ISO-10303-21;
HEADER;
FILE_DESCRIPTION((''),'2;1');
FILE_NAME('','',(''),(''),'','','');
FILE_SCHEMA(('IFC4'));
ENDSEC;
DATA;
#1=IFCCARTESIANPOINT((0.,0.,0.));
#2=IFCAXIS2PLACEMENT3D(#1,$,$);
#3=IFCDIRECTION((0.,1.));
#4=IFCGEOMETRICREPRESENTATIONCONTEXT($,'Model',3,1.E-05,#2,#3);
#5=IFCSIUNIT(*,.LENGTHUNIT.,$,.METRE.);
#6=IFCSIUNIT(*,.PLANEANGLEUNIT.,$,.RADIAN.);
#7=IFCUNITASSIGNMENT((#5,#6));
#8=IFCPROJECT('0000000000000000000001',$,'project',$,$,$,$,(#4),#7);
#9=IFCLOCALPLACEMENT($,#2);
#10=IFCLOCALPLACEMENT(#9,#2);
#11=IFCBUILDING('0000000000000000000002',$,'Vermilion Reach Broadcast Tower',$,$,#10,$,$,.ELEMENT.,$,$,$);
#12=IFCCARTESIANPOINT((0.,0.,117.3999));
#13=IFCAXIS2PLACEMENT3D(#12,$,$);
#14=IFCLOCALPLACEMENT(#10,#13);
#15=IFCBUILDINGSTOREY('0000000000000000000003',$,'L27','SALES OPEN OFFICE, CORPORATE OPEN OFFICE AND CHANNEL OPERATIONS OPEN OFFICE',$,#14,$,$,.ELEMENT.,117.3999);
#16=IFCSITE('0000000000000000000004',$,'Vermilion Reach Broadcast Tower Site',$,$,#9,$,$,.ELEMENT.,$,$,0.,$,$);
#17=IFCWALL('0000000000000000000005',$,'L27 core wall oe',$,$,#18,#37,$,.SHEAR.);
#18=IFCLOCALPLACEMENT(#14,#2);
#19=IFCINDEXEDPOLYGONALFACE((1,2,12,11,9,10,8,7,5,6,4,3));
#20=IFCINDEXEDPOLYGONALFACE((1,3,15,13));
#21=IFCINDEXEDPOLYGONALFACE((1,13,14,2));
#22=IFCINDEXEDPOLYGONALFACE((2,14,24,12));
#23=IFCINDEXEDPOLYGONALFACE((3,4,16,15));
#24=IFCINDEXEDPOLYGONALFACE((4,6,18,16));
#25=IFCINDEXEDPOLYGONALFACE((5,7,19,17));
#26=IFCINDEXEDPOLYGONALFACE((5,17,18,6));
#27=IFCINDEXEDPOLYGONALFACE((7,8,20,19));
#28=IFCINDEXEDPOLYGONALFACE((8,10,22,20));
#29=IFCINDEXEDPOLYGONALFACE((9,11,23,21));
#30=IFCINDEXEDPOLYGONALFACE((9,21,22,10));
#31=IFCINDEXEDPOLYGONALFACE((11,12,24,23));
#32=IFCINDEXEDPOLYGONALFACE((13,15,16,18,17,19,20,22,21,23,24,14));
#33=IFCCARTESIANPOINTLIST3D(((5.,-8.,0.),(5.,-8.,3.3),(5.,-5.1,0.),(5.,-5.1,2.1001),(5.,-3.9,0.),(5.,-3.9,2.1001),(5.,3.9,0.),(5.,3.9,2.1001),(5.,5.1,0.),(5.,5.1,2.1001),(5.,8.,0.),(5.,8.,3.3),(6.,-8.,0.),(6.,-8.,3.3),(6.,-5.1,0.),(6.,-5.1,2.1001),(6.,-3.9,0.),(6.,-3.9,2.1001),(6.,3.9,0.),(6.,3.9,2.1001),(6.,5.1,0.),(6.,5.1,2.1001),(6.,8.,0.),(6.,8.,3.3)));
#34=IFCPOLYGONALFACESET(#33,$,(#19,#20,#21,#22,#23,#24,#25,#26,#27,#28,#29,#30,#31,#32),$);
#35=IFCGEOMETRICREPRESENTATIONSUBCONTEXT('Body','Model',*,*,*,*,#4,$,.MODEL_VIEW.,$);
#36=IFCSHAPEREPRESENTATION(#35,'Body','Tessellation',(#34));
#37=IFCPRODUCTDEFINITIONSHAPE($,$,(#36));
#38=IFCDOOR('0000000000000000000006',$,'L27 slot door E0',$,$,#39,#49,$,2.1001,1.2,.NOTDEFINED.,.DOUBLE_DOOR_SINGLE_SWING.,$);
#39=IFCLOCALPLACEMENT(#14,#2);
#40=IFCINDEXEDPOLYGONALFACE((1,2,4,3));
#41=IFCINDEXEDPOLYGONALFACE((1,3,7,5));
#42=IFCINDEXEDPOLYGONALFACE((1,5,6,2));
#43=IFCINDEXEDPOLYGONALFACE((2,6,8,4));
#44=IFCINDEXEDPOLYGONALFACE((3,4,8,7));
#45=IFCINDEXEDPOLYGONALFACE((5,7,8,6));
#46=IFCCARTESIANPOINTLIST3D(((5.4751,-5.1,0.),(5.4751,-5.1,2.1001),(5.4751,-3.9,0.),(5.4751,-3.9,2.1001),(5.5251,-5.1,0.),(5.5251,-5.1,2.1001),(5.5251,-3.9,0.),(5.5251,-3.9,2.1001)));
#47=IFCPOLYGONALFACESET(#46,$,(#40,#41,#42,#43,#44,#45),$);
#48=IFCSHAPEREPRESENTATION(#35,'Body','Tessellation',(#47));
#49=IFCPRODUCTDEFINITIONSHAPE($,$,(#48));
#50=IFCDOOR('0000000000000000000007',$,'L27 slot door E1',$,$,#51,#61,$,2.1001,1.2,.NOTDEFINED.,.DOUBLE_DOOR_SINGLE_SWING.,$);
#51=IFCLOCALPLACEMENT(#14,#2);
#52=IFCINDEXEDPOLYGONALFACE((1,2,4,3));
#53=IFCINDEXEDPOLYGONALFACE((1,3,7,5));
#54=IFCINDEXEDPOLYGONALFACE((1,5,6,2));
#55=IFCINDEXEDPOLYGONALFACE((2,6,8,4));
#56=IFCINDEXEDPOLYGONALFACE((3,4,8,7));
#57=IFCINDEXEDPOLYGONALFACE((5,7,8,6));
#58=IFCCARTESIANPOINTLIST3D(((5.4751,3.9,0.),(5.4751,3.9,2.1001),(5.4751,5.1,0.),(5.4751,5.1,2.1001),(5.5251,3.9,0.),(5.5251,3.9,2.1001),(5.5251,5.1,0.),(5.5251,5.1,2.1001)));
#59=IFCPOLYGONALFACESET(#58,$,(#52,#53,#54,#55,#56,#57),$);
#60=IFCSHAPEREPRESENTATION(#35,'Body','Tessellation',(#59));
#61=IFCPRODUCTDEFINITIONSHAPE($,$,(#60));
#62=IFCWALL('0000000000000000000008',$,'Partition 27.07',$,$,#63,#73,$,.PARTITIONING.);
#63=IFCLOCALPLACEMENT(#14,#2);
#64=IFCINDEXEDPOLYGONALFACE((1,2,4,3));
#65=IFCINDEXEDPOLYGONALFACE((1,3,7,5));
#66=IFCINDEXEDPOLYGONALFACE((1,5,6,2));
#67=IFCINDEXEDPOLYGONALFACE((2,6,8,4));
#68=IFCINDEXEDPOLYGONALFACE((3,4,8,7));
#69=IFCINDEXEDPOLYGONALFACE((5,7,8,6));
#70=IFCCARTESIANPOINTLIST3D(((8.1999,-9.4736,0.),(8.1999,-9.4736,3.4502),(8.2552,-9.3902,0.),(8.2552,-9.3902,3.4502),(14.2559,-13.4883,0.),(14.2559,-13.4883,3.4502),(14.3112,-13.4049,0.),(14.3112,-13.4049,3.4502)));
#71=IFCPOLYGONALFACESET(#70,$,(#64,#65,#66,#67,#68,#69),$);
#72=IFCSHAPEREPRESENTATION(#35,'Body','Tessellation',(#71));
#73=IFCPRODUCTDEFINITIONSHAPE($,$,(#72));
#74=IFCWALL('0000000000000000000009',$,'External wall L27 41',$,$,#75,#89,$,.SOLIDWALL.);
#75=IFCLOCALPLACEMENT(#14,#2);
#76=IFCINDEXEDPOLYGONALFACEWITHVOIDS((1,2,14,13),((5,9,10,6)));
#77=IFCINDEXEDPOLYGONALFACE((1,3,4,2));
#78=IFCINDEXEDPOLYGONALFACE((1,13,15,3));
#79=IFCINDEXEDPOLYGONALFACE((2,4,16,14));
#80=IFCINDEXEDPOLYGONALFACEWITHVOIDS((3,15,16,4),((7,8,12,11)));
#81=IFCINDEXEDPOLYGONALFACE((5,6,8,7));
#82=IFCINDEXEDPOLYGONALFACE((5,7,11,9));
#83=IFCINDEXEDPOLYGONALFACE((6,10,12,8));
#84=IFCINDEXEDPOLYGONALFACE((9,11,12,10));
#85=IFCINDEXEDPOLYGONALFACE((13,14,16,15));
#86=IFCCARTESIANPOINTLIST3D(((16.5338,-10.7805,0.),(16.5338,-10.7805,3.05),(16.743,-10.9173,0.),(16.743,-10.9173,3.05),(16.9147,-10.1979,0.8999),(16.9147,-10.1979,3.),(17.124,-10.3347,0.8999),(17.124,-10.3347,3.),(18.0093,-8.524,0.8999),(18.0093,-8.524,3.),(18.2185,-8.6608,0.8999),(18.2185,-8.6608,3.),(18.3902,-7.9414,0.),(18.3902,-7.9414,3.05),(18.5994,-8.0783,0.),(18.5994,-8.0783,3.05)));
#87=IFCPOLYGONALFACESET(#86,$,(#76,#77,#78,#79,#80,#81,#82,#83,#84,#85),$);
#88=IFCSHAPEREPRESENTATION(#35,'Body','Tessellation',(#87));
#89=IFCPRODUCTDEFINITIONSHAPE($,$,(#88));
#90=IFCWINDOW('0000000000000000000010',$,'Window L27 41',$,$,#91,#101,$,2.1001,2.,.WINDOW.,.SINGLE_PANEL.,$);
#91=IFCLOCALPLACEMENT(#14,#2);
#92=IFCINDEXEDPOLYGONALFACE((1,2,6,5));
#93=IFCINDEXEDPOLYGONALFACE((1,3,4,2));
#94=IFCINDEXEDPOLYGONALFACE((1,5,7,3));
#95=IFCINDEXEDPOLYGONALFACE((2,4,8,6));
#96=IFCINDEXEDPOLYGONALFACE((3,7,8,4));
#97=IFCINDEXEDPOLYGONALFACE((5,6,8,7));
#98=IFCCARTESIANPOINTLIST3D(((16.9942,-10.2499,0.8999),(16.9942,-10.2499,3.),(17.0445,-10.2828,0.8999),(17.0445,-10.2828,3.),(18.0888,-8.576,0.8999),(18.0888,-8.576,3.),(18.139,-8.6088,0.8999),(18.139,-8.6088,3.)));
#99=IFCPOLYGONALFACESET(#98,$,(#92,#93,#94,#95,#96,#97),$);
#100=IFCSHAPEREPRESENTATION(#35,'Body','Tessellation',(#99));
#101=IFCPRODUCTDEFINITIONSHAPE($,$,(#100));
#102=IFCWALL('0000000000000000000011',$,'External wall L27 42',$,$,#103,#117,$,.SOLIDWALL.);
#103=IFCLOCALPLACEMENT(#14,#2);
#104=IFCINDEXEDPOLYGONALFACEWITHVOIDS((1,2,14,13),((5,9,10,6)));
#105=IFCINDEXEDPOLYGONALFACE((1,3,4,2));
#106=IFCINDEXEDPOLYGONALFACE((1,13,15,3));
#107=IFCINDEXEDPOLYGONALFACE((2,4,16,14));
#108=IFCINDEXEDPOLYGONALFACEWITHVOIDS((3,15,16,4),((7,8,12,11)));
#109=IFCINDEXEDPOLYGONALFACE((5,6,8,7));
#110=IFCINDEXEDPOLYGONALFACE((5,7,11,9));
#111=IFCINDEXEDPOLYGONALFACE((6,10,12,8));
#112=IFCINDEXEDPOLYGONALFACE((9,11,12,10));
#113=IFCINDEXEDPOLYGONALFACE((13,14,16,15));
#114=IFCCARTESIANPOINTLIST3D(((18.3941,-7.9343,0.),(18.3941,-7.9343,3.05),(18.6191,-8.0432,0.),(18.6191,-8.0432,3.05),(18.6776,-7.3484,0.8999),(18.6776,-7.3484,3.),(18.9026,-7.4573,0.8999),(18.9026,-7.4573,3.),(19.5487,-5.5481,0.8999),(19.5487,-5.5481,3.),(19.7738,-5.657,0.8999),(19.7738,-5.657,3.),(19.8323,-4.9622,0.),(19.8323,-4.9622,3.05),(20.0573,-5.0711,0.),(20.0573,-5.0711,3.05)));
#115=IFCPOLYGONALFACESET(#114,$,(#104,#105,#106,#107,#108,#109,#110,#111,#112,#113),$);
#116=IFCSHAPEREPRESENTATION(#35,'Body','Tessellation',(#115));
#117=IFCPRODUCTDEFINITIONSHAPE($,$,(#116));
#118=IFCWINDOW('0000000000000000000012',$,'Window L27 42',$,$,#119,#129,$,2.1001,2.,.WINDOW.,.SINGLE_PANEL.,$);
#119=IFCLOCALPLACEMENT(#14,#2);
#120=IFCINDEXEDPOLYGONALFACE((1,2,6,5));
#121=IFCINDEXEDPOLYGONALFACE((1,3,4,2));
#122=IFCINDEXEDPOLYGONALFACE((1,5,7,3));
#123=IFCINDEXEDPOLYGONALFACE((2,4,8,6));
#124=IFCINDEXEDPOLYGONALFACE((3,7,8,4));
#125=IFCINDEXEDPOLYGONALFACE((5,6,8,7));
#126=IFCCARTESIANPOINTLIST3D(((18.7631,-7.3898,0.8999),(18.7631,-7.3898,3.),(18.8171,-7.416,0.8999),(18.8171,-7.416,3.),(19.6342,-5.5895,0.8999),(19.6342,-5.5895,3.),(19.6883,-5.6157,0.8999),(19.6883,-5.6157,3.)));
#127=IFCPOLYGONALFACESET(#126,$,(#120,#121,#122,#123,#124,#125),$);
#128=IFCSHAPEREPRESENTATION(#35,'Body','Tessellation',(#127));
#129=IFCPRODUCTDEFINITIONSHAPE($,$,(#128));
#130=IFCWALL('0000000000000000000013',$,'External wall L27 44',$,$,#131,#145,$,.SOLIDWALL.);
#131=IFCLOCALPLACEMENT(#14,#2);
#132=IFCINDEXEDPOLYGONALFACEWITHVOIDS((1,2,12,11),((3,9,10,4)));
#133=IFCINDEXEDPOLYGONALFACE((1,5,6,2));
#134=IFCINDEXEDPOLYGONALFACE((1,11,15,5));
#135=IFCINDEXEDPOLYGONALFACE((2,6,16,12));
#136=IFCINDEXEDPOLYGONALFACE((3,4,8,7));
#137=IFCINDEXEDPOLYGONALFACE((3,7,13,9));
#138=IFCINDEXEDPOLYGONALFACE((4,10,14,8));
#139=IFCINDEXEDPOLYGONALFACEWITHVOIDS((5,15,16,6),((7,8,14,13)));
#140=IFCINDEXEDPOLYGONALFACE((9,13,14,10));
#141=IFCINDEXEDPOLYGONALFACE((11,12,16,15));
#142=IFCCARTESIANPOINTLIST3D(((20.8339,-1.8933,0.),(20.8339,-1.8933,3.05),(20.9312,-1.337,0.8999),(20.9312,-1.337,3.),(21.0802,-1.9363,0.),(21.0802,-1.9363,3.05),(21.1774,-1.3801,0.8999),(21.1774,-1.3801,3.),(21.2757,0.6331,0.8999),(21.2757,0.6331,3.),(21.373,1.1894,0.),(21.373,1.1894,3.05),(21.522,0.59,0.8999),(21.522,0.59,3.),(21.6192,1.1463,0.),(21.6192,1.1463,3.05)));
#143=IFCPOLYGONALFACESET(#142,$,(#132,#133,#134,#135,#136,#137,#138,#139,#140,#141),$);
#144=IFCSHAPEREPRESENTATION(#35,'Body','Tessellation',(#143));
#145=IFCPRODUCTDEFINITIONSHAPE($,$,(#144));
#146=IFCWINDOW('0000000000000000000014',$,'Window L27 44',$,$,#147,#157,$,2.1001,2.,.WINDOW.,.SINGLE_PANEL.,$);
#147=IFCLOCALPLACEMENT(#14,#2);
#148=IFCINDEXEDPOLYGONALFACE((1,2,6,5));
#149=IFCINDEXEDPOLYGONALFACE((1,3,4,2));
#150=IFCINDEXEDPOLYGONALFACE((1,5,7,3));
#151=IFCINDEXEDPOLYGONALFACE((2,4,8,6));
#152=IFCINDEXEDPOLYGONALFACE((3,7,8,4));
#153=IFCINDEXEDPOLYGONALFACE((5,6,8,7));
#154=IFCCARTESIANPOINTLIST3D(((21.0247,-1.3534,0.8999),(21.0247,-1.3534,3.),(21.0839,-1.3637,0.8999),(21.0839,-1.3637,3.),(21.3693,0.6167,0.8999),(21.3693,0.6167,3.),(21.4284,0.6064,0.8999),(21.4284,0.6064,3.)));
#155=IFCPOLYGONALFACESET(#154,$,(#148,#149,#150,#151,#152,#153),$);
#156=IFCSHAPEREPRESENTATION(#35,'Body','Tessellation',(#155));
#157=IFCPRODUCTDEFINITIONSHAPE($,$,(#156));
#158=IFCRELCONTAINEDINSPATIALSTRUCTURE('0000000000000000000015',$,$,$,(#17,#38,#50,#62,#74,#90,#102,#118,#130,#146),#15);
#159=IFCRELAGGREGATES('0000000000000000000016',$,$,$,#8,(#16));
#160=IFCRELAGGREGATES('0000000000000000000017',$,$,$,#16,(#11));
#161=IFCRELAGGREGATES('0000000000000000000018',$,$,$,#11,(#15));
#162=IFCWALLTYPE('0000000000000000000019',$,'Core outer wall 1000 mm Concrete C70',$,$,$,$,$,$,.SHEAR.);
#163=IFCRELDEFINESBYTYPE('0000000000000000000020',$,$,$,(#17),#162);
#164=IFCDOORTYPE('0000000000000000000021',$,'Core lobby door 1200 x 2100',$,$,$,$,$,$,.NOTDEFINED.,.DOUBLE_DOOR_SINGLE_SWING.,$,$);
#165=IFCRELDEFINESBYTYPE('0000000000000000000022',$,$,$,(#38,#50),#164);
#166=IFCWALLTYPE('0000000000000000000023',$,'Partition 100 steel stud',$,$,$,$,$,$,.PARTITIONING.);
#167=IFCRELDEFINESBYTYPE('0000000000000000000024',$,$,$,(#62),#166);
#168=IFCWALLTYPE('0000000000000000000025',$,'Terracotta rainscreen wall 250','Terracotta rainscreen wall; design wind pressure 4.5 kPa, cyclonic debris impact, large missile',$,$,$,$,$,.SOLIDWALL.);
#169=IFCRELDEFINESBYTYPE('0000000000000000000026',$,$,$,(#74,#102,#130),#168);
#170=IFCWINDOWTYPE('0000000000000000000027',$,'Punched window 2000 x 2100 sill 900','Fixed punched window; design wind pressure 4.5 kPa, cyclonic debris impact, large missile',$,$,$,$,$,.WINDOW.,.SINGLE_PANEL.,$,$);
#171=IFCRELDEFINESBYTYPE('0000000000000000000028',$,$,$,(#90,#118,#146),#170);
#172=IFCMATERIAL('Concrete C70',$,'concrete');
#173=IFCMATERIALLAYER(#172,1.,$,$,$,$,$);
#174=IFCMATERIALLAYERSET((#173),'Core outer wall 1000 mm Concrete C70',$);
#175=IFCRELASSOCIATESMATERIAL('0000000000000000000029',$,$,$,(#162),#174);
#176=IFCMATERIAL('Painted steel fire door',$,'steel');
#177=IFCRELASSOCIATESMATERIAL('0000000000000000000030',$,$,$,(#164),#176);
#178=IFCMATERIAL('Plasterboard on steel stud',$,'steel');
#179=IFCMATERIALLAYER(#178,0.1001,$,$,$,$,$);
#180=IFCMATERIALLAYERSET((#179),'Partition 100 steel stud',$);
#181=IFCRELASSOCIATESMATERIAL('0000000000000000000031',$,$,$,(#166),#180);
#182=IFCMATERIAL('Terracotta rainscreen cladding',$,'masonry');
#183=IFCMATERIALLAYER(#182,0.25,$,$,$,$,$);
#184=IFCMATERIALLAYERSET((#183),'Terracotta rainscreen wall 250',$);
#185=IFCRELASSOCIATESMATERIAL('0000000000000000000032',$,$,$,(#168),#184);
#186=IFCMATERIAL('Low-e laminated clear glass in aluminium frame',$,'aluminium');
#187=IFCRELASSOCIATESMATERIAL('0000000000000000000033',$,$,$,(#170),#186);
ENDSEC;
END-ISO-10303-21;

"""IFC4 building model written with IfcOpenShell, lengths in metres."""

from ifc_helpers import new_model, si_unit, direction, frame, frame_2d, origin, place, context, subcontext, project, spatial, rectangle, extrude, material, layer, layer_set, type_object, element, fill, save


model = new_model("IFC4")

# Units and contexts
model_context = context("Model", 3, precision=1e-05, world=origin(), true_north=direction((0.0, 1.0)))
body_context = subcontext(model_context, "Body", "Model", "MODEL_VIEW")
ifc_project = project(units=[si_unit("LENGTHUNIT", "METRE"), si_unit("PLANEANGLEUNIT", "RADIAN")], contexts=[model_context])

# Site, building, storey
site_placement = place(None, origin())
site = spatial("IfcSite", under=ifc_project, at=site_placement, Name="Vermilion Reach Broadcast Tower Site", CompositionType="ELEMENT", RefElevation=0.0)
building_placement = place(site_placement, origin())
building = spatial("IfcBuilding", under=site, at=building_placement, Name="Vermilion Reach Broadcast Tower", CompositionType="ELEMENT")
storey_placement = place(building_placement, frame((0.0, 0.0, 117.3999)))
storey = spatial("IfcBuildingStorey", under=building, at=storey_placement, Name="L27", Description="SALES OPEN OFFICE, CORPORATE OPEN OFFICE AND CHANNEL OPERATIONS OPEN OFFICE", CompositionType="ELEMENT", Elevation=117.3999)

# Wall, openings, doors
ifc_material_1 = material(Name="Concrete C70", Category="concrete")
ifc_layer_1 = layer(ifc_material_1, 1.0)
ifc_layer_set_1 = layer_set([ifc_layer_1], Name="Core outer wall 1000 mm Concrete C70")
wall_type_1 = type_object("IfcWallType", Name="Core outer wall 1000 mm Concrete C70", PredefinedType="SHEAR", material=ifc_layer_set_1)
wall_1_placement = place(storey_placement, frame((5.5, -8.0, 0.0), z_axis=(0.0, 0.0, 1.0), x_axis=(0.0, 1.0, 0.0)))
wall_1 = element("IfcWall", 1, at=wall_1_placement, inside=storey, type_object=wall_type_1, Name="L27 core wall oe", PredefinedType="SHEAR", context=body_context, shape_type="SweptSolid", body=[
    extrude(rectangle(XDim=16.0, YDim=1.0, at=frame_2d((8.0, 0.0))), origin(), (0.0, 0.0, 1.0), 3.3),
])
opening_1_placement = place(wall_1_placement, frame((2.8999, 0.0, 0.0)))
opening_1 = element("IfcOpeningElement", 2, at=opening_1_placement, cuts=wall_1, PredefinedType="OPENING", context=body_context, shape_type="SweptSolid", body=[
    extrude(rectangle(XDim=1.2, YDim=2.1001, at=frame_2d((0.6001, 1.05))), frame((0.0, 0.51, 0.0), z_axis=(0.0, -1.0, 0.0), x_axis=(1.0, 0.0, 0.0)), (0.0, 0.0, 1.0), 1.02),
])
opening_2_placement = place(wall_1_placement, frame((11.8999, 0.0, 0.0)))
opening_2 = element("IfcOpeningElement", 3, at=opening_2_placement, cuts=wall_1, PredefinedType="OPENING", context=body_context, shape_type="SweptSolid", body=[
    extrude(rectangle(XDim=1.2, YDim=2.1001, at=frame_2d((0.6001, 1.05))), frame((0.0, 0.51, 0.0), z_axis=(0.0, -1.0, 0.0), x_axis=(1.0, 0.0, 0.0)), (0.0, 0.0, 1.0), 1.02),
])
ifc_material_2 = material(Name="Painted steel fire door", Category="steel")
door_type_1 = type_object("IfcDoorType", Name="Core lobby door 1200 x 2100", OperationType="DOUBLE_DOOR_SINGLE_SWING", PredefinedType="NOTDEFINED", material=ifc_material_2)
door_1_placement = place(opening_1_placement, origin())
door_1 = element("IfcDoor", 4, at=door_1_placement, inside=storey, type_object=door_type_1, Name="L27 slot door E0", OperationType="DOUBLE_DOOR_SINGLE_SWING", OverallHeight=2.1001, OverallWidth=1.2, PredefinedType="NOTDEFINED", context=body_context, shape_type="SweptSolid", body=[
    extrude(rectangle(XDim=1.2, YDim=2.1001, at=frame_2d((0.6001, 1.05))), frame((0.0, 0.0249, 0.0), z_axis=(0.0, -1.0, 0.0), x_axis=(1.0, 0.0, 0.0)), (0.0, 0.0, 1.0), 0.05),
])
fill(opening_1, door_1)
door_2_placement = place(opening_2_placement, origin())
door_2 = element("IfcDoor", 5, at=door_2_placement, inside=storey, type_object=door_type_1, Name="L27 slot door E1", OperationType="DOUBLE_DOOR_SINGLE_SWING", OverallHeight=2.1001, OverallWidth=1.2, PredefinedType="NOTDEFINED", context=body_context, shape_type="SweptSolid", body=[
    extrude(rectangle(XDim=1.2, YDim=2.1001, at=frame_2d((0.6001, 1.05))), frame((0.0, 0.0249, 0.0), z_axis=(0.0, -1.0, 0.0), x_axis=(1.0, 0.0, 0.0)), (0.0, 0.0, 1.0), 0.05),
])
fill(opening_2, door_2)

# Wall
ifc_material_3 = material(Name="Plasterboard on steel stud", Category="steel")
ifc_layer_2 = layer(ifc_material_3, 0.1001)
ifc_layer_set_2 = layer_set([ifc_layer_2], Name="Partition 100 steel stud")
wall_type_2 = type_object("IfcWallType", Name="Partition 100 steel stud", PredefinedType="PARTITIONING", material=ifc_layer_set_2)
wall_2_placement = place(storey_placement, frame((14.2834, -13.4465, 0.0), z_axis=(0.0, 0.0, 1.0), x_axis=(-0.833485, 0.552543, 0.0)))
element("IfcWall", 6, at=wall_2_placement, inside=storey, type_object=wall_type_2, Name="Partition 27.07", PredefinedType="PARTITIONING", context=body_context, shape_type="SweptSolid", body=[
    extrude(rectangle(XDim=7.2659, YDim=0.1001, at=frame_2d((3.6328, 0.0))), origin(), (0.0, 0.0, 1.0), 3.4502),
])

# Walls, openings, windows
ifc_material_4 = material(Name="Terracotta rainscreen cladding", Category="masonry")
ifc_layer_3 = layer(ifc_material_4, 0.25)
ifc_layer_set_3 = layer_set([ifc_layer_3], Name="Terracotta rainscreen wall 250")
wall_type_3 = type_object("IfcWallType", Name="Terracotta rainscreen wall 250", Description="Terracotta rainscreen wall; design wind pressure 4.5 kPa, cyclonic debris impact, large missile", PredefinedType="SOLIDWALL", material=ifc_layer_set_3)
wall_3_placement = place(storey_placement, frame((16.6384, -10.8489, 0.0), z_axis=(0.0, 0.0, 1.0), x_axis=(0.547271, 0.836956, 0.0)))
wall_3 = element("IfcWall", 7, at=wall_3_placement, inside=storey, type_object=wall_type_3, Name="External wall L27 41", PredefinedType="SOLIDWALL", context=body_context, shape_type="SweptSolid", body=[
    extrude(rectangle(XDim=3.3921, YDim=0.25, at=frame_2d((1.696, 0.0))), origin(), (0.0, 0.0, 1.0), 3.05),
])
opening_3_placement = place(wall_3_placement, frame((0.696, 0.0, 0.8999)))
opening_3 = element("IfcOpeningElement", 8, at=opening_3_placement, cuts=wall_3, PredefinedType="OPENING", context=body_context, shape_type="SweptSolid", body=[
    extrude(rectangle(XDim=2.0, YDim=2.1001, at=frame_2d((1.0, 1.05))), frame((0.0, 0.135, 0.0), z_axis=(0.0, -1.0, 0.0), x_axis=(1.0, 0.0, 0.0)), (0.0, 0.0, 1.0), 0.27),
])
ifc_material_5 = material(Name="Low-e laminated clear glass in aluminium frame", Category="aluminium")
window_type = type_object("IfcWindowType", Name="Punched window 2000 x 2100 sill 900", Description="Fixed punched window; design wind pressure 4.5 kPa, cyclonic debris impact, large missile", PartitioningType="SINGLE_PANEL", PredefinedType="WINDOW", material=ifc_material_5)
window_1_placement = place(opening_3_placement, origin())
window_1 = element("IfcWindow", 9, at=window_1_placement, inside=storey, type_object=window_type, Name="Window L27 41", OverallHeight=2.1001, OverallWidth=2.0, PartitioningType="SINGLE_PANEL", PredefinedType="WINDOW", context=body_context, shape_type="SweptSolid", body=[
    extrude(rectangle(XDim=2.0, YDim=2.1001, at=frame_2d((1.0, 1.05))), frame((0.0, 0.03, 0.0), z_axis=(0.0, -1.0, 0.0), x_axis=(1.0, 0.0, 0.0)), (0.0, 0.0, 1.0), 0.0601),
])
fill(opening_3, window_1)
wall_4_placement = place(storey_placement, frame((18.5066, -7.9888, 0.0), z_axis=(0.0, 0.0, 1.0), x_axis=(0.435582, 0.900149, 0.0)))
wall_4 = element("IfcWall", 10, at=wall_4_placement, inside=storey, type_object=wall_type_3, Name="External wall L27 42", PredefinedType="SOLIDWALL", context=body_context, shape_type="SweptSolid", body=[
    extrude(rectangle(XDim=3.3018, YDim=0.25, at=frame_2d((1.6509, 0.0))), origin(), (0.0, 0.0, 1.0), 3.05),
])
opening_4_placement = place(wall_4_placement, frame((0.6509, 0.0, 0.8999)))
opening_4 = element("IfcOpeningElement", 11, at=opening_4_placement, cuts=wall_4, PredefinedType="OPENING", context=body_context, shape_type="SweptSolid", body=[
    extrude(rectangle(XDim=2.0, YDim=2.1001, at=frame_2d((1.0, 1.05))), frame((0.0, 0.135, 0.0), z_axis=(0.0, -1.0, 0.0), x_axis=(1.0, 0.0, 0.0)), (0.0, 0.0, 1.0), 0.27),
])
window_2_placement = place(opening_4_placement, origin())
window_2 = element("IfcWindow", 12, at=window_2_placement, inside=storey, type_object=window_type, Name="Window L27 42", OverallHeight=2.1001, OverallWidth=2.0, PartitioningType="SINGLE_PANEL", PredefinedType="WINDOW", context=body_context, shape_type="SweptSolid", body=[
    extrude(rectangle(XDim=2.0, YDim=2.1001, at=frame_2d((1.0, 1.05))), frame((0.0, 0.03, 0.0), z_axis=(0.0, -1.0, 0.0), x_axis=(1.0, 0.0, 0.0)), (0.0, 0.0, 1.0), 0.0601),
])
fill(opening_4, window_2)

# Wall, opening, window
wall_5_placement = place(storey_placement, frame((20.957, -1.9148, 0.0), z_axis=(0.0, 0.0, 1.0), x_axis=(0.172263, 0.985051, 0.0)))
wall_5 = element("IfcWall", 13, at=wall_5_placement, inside=storey, type_object=wall_type_3, Name="External wall L27 44", PredefinedType="SOLIDWALL", context=body_context, shape_type="SweptSolid", body=[
    extrude(rectangle(XDim=3.1294, YDim=0.25, at=frame_2d((1.5647, 0.0))), origin(), (0.0, 0.0, 1.0), 3.05),
])
opening_5_placement = place(wall_5_placement, frame((0.5647, 0.0, 0.8999)))
opening_5 = element("IfcOpeningElement", 14, at=opening_5_placement, cuts=wall_5, PredefinedType="OPENING", context=body_context, shape_type="SweptSolid", body=[
    extrude(rectangle(XDim=2.0, YDim=2.1001, at=frame_2d((1.0, 1.05))), frame((0.0, 0.135, 0.0), z_axis=(0.0, -1.0, 0.0), x_axis=(1.0, 0.0, 0.0)), (0.0, 0.0, 1.0), 0.27),
])
window_3_placement = place(opening_5_placement, origin())
window_3 = element("IfcWindow", 15, at=window_3_placement, inside=storey, type_object=window_type, Name="Window L27 44", OverallHeight=2.1001, OverallWidth=2.0, PartitioningType="SINGLE_PANEL", PredefinedType="WINDOW", context=body_context, shape_type="SweptSolid", body=[
    extrude(rectangle(XDim=2.0, YDim=2.1001, at=frame_2d((1.0, 1.05))), frame((0.0, 0.03, 0.0), z_axis=(0.0, -1.0, 0.0), x_axis=(1.0, 0.0, 0.0)), (0.0, 0.0, 1.0), 0.0601),
])
fill(opening_5, window_3)

save(model, "model.ifc")
